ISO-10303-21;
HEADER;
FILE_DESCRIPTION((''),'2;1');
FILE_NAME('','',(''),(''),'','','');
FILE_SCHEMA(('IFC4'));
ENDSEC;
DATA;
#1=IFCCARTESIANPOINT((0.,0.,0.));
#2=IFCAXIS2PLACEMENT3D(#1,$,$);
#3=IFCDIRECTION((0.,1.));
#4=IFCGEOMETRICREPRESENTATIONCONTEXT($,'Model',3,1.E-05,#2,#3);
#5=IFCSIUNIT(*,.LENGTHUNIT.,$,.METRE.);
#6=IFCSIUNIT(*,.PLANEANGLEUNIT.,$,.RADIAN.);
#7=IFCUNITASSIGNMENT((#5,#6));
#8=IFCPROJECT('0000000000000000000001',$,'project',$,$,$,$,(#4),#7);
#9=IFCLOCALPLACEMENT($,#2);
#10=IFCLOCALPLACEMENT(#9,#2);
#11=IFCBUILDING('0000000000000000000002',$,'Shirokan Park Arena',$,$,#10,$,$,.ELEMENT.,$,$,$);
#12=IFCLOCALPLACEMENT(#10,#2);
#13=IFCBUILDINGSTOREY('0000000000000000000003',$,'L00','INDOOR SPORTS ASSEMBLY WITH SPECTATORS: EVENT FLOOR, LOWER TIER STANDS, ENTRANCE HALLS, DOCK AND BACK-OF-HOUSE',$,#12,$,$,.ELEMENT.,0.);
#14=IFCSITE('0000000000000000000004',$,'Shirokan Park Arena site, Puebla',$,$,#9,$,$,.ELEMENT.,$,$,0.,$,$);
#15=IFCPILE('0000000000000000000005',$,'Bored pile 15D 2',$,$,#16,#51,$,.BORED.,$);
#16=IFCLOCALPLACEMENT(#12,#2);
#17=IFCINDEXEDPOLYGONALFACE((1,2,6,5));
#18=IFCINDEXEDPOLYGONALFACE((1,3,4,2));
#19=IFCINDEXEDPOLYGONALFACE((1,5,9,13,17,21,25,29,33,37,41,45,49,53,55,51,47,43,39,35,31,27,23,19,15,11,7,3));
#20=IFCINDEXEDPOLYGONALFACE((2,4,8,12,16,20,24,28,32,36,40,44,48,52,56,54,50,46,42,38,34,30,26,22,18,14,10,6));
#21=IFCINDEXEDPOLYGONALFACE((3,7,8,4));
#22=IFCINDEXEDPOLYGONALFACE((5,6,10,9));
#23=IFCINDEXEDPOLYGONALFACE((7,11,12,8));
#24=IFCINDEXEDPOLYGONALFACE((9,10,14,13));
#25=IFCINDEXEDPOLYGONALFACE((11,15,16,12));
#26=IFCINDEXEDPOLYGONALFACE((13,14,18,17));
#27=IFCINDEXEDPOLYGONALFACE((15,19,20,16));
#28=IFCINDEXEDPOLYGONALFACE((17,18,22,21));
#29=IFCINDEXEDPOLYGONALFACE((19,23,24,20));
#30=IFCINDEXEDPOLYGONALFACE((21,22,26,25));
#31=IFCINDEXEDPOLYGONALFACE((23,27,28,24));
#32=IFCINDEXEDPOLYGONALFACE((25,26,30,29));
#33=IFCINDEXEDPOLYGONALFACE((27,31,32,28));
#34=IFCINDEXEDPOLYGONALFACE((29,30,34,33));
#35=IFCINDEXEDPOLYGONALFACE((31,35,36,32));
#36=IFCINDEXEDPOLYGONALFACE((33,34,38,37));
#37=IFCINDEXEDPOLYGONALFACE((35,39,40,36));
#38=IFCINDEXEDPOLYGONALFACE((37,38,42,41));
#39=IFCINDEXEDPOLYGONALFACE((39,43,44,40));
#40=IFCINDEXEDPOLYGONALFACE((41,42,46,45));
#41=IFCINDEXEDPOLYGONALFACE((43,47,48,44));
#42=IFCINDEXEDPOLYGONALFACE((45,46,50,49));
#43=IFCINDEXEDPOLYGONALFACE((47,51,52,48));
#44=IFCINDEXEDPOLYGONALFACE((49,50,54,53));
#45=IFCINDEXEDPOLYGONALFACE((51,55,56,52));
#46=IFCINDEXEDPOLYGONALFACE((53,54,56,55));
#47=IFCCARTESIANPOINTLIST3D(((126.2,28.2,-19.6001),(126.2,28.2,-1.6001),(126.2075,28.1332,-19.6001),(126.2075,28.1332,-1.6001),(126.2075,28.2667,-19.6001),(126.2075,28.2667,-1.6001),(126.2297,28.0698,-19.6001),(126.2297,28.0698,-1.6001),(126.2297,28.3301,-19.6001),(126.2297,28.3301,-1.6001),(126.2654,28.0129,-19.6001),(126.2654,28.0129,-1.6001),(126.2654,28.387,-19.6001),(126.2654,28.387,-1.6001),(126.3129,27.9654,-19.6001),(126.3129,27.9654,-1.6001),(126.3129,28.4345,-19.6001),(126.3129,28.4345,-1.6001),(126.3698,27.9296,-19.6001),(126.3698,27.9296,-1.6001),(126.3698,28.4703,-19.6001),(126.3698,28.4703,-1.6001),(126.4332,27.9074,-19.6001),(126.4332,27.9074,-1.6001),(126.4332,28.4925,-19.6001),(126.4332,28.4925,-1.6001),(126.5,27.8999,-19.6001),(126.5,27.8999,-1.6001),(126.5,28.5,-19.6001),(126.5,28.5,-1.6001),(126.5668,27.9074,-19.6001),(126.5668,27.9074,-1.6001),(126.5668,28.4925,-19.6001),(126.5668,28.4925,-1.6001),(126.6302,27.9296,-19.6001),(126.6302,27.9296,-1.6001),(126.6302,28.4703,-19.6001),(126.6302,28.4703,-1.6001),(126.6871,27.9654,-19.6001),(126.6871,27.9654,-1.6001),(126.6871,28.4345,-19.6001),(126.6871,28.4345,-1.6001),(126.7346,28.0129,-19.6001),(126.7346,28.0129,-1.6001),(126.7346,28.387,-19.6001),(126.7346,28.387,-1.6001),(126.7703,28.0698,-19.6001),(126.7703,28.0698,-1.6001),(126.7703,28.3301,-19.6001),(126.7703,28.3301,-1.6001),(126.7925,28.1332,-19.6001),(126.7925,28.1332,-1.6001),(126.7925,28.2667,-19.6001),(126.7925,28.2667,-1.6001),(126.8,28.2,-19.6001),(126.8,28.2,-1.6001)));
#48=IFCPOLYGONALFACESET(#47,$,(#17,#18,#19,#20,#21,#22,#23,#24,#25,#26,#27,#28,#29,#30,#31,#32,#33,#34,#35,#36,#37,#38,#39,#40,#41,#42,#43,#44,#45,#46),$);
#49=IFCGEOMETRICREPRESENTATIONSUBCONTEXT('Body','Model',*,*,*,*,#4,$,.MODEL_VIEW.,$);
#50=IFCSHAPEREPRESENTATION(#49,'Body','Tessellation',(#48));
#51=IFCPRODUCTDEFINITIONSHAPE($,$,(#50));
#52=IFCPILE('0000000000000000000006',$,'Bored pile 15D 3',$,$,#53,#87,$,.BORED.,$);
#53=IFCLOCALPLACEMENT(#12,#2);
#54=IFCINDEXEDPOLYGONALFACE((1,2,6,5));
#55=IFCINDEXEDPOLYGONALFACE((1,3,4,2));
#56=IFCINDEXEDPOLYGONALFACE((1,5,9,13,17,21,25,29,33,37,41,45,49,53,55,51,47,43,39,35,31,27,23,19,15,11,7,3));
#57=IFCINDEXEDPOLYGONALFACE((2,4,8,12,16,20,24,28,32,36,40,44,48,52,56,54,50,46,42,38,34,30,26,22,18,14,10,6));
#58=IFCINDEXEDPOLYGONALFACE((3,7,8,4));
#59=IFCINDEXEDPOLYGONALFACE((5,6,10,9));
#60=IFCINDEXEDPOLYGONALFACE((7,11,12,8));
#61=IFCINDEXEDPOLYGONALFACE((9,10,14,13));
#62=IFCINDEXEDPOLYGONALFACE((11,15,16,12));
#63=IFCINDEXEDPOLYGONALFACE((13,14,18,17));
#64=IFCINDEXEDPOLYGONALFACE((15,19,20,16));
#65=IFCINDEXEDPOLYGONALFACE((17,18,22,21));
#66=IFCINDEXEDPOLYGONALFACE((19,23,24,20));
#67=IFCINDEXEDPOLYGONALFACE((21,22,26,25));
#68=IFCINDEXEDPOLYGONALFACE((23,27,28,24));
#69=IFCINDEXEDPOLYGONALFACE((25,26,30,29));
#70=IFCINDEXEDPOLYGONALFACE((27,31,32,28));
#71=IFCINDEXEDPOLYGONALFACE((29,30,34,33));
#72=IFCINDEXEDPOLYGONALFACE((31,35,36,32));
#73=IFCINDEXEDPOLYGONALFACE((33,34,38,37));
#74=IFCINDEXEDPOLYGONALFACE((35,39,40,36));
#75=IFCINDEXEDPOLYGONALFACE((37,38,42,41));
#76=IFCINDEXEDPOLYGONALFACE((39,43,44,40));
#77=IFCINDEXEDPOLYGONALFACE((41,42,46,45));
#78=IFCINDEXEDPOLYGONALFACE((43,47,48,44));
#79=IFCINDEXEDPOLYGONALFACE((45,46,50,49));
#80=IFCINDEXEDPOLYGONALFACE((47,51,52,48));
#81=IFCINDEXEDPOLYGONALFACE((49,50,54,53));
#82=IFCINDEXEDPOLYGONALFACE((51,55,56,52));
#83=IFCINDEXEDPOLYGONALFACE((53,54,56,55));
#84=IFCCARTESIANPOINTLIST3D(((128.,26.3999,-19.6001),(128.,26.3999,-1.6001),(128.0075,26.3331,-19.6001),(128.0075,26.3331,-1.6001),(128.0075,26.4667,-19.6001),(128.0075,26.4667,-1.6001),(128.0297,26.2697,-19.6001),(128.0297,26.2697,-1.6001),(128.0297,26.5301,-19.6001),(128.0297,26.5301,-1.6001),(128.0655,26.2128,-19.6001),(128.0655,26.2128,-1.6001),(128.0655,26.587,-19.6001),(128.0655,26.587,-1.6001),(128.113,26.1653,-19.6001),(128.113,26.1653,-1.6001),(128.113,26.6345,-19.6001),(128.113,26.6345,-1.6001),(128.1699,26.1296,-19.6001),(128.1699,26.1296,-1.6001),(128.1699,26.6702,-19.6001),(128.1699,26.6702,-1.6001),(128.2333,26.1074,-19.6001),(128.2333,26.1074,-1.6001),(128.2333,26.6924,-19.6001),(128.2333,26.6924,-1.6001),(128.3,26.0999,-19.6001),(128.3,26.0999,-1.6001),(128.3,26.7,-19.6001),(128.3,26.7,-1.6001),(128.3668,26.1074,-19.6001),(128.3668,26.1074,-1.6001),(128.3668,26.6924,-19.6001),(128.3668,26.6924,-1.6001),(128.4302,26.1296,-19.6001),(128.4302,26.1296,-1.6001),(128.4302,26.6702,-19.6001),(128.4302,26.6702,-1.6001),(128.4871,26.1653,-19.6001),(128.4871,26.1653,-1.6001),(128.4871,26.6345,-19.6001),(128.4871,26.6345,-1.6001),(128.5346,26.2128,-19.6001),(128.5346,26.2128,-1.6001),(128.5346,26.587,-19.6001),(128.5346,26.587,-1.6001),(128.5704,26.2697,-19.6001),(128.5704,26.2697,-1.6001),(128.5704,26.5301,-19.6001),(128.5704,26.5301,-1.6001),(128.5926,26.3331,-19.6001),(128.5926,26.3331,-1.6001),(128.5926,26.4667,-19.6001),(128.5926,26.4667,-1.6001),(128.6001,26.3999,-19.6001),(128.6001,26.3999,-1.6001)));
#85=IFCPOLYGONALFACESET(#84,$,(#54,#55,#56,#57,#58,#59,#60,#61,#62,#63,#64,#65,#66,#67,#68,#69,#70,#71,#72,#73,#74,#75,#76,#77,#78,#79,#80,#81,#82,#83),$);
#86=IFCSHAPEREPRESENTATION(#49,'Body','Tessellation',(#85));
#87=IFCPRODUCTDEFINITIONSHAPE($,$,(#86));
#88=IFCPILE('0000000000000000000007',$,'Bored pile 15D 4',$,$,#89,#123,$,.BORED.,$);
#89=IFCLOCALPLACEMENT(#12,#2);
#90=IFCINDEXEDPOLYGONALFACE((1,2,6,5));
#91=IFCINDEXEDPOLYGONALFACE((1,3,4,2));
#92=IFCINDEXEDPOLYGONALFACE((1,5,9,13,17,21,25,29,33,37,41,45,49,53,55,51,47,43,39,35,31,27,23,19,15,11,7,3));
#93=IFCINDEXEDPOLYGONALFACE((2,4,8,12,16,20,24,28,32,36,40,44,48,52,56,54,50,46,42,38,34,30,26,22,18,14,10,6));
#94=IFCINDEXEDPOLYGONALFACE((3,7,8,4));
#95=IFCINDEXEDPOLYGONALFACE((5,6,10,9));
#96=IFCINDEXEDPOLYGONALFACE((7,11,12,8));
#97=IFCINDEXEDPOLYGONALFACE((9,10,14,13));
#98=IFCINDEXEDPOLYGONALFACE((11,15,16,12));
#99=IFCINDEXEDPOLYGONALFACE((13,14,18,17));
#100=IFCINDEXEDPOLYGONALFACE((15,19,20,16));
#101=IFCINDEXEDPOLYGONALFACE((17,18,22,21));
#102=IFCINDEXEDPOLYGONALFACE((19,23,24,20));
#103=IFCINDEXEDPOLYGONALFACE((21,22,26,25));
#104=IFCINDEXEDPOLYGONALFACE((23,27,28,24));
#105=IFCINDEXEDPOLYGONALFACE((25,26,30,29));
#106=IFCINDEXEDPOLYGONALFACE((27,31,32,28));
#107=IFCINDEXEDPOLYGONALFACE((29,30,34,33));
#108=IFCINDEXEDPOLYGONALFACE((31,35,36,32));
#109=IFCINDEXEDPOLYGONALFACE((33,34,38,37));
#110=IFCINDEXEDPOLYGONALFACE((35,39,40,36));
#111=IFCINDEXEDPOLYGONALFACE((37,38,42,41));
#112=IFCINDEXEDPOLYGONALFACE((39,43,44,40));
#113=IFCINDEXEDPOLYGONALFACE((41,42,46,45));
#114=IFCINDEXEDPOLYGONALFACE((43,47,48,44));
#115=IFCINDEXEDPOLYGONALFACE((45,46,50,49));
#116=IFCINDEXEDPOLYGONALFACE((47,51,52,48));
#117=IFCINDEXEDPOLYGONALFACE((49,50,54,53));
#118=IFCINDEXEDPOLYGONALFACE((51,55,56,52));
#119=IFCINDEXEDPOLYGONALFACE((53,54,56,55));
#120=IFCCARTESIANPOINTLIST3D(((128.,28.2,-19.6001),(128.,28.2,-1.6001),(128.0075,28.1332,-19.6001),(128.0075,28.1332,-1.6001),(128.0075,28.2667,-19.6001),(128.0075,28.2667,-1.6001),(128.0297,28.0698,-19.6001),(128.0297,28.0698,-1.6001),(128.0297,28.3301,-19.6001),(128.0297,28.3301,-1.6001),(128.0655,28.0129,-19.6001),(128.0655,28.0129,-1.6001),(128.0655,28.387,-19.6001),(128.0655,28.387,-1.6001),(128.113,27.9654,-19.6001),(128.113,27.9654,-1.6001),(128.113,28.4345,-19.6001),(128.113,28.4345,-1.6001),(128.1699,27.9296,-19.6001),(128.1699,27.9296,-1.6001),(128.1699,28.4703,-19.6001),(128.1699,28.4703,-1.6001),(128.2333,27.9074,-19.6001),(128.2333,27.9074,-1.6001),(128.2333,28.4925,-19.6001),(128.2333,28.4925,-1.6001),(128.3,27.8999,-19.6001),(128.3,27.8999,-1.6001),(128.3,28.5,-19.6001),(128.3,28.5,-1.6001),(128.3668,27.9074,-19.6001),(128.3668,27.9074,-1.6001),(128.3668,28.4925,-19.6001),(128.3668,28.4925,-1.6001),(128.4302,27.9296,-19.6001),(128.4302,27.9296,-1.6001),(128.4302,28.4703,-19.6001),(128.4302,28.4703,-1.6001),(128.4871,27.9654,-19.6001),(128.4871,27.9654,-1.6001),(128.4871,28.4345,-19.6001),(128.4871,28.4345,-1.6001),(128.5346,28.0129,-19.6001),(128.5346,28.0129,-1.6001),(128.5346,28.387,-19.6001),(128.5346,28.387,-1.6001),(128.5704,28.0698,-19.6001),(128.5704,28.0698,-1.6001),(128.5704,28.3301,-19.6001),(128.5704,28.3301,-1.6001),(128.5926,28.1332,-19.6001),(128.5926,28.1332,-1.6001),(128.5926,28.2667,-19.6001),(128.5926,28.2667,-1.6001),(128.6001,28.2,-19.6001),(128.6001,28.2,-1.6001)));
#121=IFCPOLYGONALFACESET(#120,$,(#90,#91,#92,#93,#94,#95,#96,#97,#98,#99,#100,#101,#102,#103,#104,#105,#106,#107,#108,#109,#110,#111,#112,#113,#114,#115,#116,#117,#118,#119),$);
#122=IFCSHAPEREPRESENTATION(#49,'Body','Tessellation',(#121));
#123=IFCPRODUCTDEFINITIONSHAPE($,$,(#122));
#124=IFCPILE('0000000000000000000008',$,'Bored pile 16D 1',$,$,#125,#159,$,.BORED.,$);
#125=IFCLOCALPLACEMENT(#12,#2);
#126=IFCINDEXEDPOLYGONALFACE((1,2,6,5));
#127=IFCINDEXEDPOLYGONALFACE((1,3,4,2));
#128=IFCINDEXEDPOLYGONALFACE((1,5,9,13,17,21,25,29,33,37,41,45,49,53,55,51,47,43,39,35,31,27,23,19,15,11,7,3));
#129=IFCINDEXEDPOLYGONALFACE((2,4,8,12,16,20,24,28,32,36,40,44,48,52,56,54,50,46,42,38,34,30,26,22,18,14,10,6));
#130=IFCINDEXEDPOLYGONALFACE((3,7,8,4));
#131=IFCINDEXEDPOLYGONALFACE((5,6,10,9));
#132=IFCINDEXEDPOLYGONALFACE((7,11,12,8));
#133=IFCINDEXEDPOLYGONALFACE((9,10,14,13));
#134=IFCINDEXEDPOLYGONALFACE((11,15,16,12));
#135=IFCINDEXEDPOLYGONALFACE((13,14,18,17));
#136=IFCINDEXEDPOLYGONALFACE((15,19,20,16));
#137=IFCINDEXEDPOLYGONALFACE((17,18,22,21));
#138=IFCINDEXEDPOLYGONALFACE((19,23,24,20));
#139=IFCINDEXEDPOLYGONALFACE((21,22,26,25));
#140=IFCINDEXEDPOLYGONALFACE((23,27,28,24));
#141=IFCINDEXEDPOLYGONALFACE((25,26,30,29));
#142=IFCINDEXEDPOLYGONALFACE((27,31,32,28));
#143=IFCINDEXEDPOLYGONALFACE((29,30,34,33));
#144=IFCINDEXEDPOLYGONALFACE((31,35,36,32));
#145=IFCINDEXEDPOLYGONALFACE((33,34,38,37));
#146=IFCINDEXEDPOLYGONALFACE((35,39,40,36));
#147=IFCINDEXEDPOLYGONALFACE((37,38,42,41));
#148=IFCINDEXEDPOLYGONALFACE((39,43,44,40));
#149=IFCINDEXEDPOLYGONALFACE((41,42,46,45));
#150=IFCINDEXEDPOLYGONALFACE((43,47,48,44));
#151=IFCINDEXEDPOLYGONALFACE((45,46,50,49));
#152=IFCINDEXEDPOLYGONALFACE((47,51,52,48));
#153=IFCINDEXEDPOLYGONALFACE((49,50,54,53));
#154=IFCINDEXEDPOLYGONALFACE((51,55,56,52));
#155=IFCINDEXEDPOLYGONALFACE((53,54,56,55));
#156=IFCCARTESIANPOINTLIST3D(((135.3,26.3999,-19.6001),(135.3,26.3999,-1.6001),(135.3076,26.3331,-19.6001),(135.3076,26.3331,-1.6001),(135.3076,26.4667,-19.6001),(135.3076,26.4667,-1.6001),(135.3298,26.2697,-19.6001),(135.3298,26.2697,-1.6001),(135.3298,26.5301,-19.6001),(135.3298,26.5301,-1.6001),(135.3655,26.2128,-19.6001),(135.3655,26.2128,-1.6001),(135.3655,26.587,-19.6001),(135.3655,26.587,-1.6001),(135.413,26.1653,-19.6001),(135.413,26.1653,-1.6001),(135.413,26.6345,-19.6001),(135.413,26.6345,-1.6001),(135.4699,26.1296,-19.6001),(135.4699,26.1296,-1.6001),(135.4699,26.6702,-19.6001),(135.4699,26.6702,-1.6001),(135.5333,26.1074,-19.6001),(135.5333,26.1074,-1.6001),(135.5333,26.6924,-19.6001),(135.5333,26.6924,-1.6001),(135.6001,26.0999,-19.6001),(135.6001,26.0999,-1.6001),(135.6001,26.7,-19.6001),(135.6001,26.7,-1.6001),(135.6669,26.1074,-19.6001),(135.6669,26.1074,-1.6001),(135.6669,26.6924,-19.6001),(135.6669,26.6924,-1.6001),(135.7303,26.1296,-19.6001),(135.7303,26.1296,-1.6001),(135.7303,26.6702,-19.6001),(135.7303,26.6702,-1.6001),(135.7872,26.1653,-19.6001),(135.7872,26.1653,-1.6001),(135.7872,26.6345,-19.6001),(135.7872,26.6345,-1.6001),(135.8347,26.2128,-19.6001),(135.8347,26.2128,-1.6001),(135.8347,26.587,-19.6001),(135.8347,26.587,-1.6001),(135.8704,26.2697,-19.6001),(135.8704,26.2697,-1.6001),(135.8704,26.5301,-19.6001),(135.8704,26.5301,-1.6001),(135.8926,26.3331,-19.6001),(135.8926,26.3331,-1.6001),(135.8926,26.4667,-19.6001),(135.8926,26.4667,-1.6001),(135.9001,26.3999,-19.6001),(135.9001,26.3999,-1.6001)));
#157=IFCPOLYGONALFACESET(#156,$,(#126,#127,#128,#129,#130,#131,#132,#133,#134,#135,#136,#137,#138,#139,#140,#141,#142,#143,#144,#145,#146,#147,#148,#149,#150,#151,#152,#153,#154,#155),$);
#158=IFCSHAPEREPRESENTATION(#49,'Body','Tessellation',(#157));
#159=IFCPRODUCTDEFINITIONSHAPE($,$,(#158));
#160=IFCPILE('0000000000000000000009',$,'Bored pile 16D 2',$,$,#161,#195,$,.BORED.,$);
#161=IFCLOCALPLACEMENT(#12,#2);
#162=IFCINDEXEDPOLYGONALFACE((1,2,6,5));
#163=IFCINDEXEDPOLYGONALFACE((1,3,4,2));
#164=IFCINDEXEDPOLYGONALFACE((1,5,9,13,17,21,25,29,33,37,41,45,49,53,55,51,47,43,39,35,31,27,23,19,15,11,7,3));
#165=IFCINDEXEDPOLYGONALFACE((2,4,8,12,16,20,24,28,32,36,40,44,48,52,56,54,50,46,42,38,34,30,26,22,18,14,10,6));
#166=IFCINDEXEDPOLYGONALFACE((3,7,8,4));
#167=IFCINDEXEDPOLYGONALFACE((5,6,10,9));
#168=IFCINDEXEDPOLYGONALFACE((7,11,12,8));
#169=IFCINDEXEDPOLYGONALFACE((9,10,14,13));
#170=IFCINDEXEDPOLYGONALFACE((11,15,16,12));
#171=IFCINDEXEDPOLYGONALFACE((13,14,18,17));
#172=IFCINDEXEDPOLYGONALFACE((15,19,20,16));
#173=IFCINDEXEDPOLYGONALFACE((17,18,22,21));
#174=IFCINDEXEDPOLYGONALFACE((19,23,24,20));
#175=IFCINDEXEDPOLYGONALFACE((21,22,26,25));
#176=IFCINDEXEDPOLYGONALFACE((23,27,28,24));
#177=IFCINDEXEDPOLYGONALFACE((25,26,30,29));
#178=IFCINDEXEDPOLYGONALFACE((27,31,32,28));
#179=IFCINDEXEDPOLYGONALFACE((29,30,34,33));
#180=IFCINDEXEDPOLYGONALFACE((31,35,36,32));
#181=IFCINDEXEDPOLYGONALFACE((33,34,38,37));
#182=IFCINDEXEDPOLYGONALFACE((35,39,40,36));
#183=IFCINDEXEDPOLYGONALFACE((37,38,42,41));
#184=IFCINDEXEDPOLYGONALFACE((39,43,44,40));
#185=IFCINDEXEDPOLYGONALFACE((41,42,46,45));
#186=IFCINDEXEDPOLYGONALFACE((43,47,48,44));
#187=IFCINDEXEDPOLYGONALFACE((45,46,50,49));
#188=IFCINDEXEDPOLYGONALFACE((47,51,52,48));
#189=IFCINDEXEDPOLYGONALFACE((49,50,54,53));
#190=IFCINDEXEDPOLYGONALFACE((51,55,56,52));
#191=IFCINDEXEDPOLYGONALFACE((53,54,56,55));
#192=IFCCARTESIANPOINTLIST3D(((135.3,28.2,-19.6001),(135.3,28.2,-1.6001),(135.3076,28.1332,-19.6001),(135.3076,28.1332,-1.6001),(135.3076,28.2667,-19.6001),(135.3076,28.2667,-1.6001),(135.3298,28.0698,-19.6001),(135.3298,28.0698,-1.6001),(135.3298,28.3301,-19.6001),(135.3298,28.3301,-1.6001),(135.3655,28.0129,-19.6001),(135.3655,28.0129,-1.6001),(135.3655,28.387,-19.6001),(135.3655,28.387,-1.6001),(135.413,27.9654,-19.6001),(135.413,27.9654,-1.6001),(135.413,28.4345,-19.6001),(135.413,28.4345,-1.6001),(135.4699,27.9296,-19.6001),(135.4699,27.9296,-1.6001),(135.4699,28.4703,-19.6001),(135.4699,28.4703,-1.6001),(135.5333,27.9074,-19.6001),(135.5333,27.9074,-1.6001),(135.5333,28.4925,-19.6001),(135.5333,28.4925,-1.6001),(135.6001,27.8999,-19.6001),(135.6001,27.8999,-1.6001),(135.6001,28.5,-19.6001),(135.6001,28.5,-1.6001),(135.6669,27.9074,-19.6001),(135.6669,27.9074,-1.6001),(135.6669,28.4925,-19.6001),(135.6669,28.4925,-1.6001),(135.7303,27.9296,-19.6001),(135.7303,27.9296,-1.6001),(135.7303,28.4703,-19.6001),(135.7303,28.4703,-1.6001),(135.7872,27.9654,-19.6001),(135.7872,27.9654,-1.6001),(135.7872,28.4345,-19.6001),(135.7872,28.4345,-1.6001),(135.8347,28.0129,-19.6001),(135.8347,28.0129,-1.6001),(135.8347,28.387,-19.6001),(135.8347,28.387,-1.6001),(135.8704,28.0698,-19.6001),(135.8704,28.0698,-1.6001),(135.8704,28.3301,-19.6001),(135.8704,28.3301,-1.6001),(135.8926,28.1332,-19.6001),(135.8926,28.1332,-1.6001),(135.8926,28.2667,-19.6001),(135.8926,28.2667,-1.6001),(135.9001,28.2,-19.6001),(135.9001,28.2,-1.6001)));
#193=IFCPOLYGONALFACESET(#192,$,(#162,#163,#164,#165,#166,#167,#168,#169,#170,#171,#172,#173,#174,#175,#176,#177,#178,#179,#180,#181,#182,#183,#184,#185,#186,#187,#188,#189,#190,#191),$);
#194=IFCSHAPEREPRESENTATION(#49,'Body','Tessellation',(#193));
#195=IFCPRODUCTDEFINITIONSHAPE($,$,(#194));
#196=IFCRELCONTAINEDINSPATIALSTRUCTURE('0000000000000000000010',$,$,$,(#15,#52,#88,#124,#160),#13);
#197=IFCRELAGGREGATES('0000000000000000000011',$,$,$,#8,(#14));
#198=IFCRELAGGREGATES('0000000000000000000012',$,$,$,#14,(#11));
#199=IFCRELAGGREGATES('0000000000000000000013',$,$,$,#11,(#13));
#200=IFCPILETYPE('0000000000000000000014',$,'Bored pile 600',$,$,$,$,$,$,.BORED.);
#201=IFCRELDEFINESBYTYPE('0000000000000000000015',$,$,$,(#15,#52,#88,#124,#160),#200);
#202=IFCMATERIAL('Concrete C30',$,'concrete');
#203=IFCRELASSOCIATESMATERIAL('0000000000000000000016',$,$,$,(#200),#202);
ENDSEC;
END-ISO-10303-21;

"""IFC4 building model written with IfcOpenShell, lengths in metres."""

from ifc_helpers import new_model, si_unit, direction, frame, origin, origin_2d, place, context, subcontext, project, spatial, circle, extrude, material, material_profile, profile_set, type_object, element, save


model = new_model("IFC4")

# Units and contexts
model_context = context("Model", 3, precision=1e-05, world=origin(), true_north=direction((0.0, 1.0)))
body_context = subcontext(model_context, "Body", "Model", "MODEL_VIEW")
ifc_project = project(units=[si_unit("LENGTHUNIT", "METRE"), si_unit("PLANEANGLEUNIT", "RADIAN")], contexts=[model_context])

# Site, building, storey
site_placement = place(None, origin())
site = spatial("IfcSite", under=ifc_project, at=site_placement, Name="Shirokan Park Arena site, Puebla", CompositionType="ELEMENT", RefElevation=0.0)
building_placement = place(site_placement, origin())
building = spatial("IfcBuilding", under=site, at=building_placement, Name="Shirokan Park Arena", CompositionType="ELEMENT")
storey_placement = place(building_placement, origin())
storey = spatial("IfcBuildingStorey", under=building, at=storey_placement, Name="L00", Description="INDOOR SPORTS ASSEMBLY WITH SPECTATORS: EVENT FLOOR, LOWER TIER STANDS, ENTRANCE HALLS, DOCK AND BACK-OF-HOUSE", CompositionType="ELEMENT", Elevation=0.0)

# Piles
ifc_material_1 = material(Name="Concrete C30", Category="concrete")
ifc_material_profile_1 = material_profile(ifc_material_1, circle(Radius=0.3, at=origin_2d()), Name="D600")
ifc_profile_set_1 = profile_set([ifc_material_profile_1], Name="Concrete C30")
pile_type_1 = type_object("IfcPileType", Name="Bored pile 600", PredefinedType="BORED", material=ifc_profile_set_1)
for number, where, z_axis, x_axis, name in (
    (1, (126.5, 28.2, -1.6001), (0.0, 0.0, -1.0), (1.0, 0.0, 0.0), "Bored pile 15D 2"),
    (2, (128.3, 26.3999, -1.6001), (0.0, 0.0, -1.0), (1.0, 0.0, 0.0), "Bored pile 15D 3"),
    (3, (128.3, 28.2, -1.6001), (0.0, 0.0, -1.0), (1.0, 0.0, 0.0), "Bored pile 15D 4"),
    (4, (135.6001, 26.3999, -1.6001), (0.0, 0.0, -1.0), (1.0, 0.0, 0.0), "Bored pile 16D 1"),
    (5, (135.6001, 28.2, -1.6001), (0.0, 0.0, -1.0), (1.0, 0.0, 0.0), "Bored pile 16D 2"),
):
    element("IfcPile", number, at=place(storey_placement, frame(where, z_axis=z_axis, x_axis=x_axis)), inside=storey, type_object=pile_type_1, Name=name, PredefinedType="BORED", context=body_context, shape_type="SweptSolid", body=[
        extrude(circle(Radius=0.3, at=origin_2d()), origin(), (0.0, 0.0, 1.0), 18.0),
    ])

save(model, "model.ifc")
